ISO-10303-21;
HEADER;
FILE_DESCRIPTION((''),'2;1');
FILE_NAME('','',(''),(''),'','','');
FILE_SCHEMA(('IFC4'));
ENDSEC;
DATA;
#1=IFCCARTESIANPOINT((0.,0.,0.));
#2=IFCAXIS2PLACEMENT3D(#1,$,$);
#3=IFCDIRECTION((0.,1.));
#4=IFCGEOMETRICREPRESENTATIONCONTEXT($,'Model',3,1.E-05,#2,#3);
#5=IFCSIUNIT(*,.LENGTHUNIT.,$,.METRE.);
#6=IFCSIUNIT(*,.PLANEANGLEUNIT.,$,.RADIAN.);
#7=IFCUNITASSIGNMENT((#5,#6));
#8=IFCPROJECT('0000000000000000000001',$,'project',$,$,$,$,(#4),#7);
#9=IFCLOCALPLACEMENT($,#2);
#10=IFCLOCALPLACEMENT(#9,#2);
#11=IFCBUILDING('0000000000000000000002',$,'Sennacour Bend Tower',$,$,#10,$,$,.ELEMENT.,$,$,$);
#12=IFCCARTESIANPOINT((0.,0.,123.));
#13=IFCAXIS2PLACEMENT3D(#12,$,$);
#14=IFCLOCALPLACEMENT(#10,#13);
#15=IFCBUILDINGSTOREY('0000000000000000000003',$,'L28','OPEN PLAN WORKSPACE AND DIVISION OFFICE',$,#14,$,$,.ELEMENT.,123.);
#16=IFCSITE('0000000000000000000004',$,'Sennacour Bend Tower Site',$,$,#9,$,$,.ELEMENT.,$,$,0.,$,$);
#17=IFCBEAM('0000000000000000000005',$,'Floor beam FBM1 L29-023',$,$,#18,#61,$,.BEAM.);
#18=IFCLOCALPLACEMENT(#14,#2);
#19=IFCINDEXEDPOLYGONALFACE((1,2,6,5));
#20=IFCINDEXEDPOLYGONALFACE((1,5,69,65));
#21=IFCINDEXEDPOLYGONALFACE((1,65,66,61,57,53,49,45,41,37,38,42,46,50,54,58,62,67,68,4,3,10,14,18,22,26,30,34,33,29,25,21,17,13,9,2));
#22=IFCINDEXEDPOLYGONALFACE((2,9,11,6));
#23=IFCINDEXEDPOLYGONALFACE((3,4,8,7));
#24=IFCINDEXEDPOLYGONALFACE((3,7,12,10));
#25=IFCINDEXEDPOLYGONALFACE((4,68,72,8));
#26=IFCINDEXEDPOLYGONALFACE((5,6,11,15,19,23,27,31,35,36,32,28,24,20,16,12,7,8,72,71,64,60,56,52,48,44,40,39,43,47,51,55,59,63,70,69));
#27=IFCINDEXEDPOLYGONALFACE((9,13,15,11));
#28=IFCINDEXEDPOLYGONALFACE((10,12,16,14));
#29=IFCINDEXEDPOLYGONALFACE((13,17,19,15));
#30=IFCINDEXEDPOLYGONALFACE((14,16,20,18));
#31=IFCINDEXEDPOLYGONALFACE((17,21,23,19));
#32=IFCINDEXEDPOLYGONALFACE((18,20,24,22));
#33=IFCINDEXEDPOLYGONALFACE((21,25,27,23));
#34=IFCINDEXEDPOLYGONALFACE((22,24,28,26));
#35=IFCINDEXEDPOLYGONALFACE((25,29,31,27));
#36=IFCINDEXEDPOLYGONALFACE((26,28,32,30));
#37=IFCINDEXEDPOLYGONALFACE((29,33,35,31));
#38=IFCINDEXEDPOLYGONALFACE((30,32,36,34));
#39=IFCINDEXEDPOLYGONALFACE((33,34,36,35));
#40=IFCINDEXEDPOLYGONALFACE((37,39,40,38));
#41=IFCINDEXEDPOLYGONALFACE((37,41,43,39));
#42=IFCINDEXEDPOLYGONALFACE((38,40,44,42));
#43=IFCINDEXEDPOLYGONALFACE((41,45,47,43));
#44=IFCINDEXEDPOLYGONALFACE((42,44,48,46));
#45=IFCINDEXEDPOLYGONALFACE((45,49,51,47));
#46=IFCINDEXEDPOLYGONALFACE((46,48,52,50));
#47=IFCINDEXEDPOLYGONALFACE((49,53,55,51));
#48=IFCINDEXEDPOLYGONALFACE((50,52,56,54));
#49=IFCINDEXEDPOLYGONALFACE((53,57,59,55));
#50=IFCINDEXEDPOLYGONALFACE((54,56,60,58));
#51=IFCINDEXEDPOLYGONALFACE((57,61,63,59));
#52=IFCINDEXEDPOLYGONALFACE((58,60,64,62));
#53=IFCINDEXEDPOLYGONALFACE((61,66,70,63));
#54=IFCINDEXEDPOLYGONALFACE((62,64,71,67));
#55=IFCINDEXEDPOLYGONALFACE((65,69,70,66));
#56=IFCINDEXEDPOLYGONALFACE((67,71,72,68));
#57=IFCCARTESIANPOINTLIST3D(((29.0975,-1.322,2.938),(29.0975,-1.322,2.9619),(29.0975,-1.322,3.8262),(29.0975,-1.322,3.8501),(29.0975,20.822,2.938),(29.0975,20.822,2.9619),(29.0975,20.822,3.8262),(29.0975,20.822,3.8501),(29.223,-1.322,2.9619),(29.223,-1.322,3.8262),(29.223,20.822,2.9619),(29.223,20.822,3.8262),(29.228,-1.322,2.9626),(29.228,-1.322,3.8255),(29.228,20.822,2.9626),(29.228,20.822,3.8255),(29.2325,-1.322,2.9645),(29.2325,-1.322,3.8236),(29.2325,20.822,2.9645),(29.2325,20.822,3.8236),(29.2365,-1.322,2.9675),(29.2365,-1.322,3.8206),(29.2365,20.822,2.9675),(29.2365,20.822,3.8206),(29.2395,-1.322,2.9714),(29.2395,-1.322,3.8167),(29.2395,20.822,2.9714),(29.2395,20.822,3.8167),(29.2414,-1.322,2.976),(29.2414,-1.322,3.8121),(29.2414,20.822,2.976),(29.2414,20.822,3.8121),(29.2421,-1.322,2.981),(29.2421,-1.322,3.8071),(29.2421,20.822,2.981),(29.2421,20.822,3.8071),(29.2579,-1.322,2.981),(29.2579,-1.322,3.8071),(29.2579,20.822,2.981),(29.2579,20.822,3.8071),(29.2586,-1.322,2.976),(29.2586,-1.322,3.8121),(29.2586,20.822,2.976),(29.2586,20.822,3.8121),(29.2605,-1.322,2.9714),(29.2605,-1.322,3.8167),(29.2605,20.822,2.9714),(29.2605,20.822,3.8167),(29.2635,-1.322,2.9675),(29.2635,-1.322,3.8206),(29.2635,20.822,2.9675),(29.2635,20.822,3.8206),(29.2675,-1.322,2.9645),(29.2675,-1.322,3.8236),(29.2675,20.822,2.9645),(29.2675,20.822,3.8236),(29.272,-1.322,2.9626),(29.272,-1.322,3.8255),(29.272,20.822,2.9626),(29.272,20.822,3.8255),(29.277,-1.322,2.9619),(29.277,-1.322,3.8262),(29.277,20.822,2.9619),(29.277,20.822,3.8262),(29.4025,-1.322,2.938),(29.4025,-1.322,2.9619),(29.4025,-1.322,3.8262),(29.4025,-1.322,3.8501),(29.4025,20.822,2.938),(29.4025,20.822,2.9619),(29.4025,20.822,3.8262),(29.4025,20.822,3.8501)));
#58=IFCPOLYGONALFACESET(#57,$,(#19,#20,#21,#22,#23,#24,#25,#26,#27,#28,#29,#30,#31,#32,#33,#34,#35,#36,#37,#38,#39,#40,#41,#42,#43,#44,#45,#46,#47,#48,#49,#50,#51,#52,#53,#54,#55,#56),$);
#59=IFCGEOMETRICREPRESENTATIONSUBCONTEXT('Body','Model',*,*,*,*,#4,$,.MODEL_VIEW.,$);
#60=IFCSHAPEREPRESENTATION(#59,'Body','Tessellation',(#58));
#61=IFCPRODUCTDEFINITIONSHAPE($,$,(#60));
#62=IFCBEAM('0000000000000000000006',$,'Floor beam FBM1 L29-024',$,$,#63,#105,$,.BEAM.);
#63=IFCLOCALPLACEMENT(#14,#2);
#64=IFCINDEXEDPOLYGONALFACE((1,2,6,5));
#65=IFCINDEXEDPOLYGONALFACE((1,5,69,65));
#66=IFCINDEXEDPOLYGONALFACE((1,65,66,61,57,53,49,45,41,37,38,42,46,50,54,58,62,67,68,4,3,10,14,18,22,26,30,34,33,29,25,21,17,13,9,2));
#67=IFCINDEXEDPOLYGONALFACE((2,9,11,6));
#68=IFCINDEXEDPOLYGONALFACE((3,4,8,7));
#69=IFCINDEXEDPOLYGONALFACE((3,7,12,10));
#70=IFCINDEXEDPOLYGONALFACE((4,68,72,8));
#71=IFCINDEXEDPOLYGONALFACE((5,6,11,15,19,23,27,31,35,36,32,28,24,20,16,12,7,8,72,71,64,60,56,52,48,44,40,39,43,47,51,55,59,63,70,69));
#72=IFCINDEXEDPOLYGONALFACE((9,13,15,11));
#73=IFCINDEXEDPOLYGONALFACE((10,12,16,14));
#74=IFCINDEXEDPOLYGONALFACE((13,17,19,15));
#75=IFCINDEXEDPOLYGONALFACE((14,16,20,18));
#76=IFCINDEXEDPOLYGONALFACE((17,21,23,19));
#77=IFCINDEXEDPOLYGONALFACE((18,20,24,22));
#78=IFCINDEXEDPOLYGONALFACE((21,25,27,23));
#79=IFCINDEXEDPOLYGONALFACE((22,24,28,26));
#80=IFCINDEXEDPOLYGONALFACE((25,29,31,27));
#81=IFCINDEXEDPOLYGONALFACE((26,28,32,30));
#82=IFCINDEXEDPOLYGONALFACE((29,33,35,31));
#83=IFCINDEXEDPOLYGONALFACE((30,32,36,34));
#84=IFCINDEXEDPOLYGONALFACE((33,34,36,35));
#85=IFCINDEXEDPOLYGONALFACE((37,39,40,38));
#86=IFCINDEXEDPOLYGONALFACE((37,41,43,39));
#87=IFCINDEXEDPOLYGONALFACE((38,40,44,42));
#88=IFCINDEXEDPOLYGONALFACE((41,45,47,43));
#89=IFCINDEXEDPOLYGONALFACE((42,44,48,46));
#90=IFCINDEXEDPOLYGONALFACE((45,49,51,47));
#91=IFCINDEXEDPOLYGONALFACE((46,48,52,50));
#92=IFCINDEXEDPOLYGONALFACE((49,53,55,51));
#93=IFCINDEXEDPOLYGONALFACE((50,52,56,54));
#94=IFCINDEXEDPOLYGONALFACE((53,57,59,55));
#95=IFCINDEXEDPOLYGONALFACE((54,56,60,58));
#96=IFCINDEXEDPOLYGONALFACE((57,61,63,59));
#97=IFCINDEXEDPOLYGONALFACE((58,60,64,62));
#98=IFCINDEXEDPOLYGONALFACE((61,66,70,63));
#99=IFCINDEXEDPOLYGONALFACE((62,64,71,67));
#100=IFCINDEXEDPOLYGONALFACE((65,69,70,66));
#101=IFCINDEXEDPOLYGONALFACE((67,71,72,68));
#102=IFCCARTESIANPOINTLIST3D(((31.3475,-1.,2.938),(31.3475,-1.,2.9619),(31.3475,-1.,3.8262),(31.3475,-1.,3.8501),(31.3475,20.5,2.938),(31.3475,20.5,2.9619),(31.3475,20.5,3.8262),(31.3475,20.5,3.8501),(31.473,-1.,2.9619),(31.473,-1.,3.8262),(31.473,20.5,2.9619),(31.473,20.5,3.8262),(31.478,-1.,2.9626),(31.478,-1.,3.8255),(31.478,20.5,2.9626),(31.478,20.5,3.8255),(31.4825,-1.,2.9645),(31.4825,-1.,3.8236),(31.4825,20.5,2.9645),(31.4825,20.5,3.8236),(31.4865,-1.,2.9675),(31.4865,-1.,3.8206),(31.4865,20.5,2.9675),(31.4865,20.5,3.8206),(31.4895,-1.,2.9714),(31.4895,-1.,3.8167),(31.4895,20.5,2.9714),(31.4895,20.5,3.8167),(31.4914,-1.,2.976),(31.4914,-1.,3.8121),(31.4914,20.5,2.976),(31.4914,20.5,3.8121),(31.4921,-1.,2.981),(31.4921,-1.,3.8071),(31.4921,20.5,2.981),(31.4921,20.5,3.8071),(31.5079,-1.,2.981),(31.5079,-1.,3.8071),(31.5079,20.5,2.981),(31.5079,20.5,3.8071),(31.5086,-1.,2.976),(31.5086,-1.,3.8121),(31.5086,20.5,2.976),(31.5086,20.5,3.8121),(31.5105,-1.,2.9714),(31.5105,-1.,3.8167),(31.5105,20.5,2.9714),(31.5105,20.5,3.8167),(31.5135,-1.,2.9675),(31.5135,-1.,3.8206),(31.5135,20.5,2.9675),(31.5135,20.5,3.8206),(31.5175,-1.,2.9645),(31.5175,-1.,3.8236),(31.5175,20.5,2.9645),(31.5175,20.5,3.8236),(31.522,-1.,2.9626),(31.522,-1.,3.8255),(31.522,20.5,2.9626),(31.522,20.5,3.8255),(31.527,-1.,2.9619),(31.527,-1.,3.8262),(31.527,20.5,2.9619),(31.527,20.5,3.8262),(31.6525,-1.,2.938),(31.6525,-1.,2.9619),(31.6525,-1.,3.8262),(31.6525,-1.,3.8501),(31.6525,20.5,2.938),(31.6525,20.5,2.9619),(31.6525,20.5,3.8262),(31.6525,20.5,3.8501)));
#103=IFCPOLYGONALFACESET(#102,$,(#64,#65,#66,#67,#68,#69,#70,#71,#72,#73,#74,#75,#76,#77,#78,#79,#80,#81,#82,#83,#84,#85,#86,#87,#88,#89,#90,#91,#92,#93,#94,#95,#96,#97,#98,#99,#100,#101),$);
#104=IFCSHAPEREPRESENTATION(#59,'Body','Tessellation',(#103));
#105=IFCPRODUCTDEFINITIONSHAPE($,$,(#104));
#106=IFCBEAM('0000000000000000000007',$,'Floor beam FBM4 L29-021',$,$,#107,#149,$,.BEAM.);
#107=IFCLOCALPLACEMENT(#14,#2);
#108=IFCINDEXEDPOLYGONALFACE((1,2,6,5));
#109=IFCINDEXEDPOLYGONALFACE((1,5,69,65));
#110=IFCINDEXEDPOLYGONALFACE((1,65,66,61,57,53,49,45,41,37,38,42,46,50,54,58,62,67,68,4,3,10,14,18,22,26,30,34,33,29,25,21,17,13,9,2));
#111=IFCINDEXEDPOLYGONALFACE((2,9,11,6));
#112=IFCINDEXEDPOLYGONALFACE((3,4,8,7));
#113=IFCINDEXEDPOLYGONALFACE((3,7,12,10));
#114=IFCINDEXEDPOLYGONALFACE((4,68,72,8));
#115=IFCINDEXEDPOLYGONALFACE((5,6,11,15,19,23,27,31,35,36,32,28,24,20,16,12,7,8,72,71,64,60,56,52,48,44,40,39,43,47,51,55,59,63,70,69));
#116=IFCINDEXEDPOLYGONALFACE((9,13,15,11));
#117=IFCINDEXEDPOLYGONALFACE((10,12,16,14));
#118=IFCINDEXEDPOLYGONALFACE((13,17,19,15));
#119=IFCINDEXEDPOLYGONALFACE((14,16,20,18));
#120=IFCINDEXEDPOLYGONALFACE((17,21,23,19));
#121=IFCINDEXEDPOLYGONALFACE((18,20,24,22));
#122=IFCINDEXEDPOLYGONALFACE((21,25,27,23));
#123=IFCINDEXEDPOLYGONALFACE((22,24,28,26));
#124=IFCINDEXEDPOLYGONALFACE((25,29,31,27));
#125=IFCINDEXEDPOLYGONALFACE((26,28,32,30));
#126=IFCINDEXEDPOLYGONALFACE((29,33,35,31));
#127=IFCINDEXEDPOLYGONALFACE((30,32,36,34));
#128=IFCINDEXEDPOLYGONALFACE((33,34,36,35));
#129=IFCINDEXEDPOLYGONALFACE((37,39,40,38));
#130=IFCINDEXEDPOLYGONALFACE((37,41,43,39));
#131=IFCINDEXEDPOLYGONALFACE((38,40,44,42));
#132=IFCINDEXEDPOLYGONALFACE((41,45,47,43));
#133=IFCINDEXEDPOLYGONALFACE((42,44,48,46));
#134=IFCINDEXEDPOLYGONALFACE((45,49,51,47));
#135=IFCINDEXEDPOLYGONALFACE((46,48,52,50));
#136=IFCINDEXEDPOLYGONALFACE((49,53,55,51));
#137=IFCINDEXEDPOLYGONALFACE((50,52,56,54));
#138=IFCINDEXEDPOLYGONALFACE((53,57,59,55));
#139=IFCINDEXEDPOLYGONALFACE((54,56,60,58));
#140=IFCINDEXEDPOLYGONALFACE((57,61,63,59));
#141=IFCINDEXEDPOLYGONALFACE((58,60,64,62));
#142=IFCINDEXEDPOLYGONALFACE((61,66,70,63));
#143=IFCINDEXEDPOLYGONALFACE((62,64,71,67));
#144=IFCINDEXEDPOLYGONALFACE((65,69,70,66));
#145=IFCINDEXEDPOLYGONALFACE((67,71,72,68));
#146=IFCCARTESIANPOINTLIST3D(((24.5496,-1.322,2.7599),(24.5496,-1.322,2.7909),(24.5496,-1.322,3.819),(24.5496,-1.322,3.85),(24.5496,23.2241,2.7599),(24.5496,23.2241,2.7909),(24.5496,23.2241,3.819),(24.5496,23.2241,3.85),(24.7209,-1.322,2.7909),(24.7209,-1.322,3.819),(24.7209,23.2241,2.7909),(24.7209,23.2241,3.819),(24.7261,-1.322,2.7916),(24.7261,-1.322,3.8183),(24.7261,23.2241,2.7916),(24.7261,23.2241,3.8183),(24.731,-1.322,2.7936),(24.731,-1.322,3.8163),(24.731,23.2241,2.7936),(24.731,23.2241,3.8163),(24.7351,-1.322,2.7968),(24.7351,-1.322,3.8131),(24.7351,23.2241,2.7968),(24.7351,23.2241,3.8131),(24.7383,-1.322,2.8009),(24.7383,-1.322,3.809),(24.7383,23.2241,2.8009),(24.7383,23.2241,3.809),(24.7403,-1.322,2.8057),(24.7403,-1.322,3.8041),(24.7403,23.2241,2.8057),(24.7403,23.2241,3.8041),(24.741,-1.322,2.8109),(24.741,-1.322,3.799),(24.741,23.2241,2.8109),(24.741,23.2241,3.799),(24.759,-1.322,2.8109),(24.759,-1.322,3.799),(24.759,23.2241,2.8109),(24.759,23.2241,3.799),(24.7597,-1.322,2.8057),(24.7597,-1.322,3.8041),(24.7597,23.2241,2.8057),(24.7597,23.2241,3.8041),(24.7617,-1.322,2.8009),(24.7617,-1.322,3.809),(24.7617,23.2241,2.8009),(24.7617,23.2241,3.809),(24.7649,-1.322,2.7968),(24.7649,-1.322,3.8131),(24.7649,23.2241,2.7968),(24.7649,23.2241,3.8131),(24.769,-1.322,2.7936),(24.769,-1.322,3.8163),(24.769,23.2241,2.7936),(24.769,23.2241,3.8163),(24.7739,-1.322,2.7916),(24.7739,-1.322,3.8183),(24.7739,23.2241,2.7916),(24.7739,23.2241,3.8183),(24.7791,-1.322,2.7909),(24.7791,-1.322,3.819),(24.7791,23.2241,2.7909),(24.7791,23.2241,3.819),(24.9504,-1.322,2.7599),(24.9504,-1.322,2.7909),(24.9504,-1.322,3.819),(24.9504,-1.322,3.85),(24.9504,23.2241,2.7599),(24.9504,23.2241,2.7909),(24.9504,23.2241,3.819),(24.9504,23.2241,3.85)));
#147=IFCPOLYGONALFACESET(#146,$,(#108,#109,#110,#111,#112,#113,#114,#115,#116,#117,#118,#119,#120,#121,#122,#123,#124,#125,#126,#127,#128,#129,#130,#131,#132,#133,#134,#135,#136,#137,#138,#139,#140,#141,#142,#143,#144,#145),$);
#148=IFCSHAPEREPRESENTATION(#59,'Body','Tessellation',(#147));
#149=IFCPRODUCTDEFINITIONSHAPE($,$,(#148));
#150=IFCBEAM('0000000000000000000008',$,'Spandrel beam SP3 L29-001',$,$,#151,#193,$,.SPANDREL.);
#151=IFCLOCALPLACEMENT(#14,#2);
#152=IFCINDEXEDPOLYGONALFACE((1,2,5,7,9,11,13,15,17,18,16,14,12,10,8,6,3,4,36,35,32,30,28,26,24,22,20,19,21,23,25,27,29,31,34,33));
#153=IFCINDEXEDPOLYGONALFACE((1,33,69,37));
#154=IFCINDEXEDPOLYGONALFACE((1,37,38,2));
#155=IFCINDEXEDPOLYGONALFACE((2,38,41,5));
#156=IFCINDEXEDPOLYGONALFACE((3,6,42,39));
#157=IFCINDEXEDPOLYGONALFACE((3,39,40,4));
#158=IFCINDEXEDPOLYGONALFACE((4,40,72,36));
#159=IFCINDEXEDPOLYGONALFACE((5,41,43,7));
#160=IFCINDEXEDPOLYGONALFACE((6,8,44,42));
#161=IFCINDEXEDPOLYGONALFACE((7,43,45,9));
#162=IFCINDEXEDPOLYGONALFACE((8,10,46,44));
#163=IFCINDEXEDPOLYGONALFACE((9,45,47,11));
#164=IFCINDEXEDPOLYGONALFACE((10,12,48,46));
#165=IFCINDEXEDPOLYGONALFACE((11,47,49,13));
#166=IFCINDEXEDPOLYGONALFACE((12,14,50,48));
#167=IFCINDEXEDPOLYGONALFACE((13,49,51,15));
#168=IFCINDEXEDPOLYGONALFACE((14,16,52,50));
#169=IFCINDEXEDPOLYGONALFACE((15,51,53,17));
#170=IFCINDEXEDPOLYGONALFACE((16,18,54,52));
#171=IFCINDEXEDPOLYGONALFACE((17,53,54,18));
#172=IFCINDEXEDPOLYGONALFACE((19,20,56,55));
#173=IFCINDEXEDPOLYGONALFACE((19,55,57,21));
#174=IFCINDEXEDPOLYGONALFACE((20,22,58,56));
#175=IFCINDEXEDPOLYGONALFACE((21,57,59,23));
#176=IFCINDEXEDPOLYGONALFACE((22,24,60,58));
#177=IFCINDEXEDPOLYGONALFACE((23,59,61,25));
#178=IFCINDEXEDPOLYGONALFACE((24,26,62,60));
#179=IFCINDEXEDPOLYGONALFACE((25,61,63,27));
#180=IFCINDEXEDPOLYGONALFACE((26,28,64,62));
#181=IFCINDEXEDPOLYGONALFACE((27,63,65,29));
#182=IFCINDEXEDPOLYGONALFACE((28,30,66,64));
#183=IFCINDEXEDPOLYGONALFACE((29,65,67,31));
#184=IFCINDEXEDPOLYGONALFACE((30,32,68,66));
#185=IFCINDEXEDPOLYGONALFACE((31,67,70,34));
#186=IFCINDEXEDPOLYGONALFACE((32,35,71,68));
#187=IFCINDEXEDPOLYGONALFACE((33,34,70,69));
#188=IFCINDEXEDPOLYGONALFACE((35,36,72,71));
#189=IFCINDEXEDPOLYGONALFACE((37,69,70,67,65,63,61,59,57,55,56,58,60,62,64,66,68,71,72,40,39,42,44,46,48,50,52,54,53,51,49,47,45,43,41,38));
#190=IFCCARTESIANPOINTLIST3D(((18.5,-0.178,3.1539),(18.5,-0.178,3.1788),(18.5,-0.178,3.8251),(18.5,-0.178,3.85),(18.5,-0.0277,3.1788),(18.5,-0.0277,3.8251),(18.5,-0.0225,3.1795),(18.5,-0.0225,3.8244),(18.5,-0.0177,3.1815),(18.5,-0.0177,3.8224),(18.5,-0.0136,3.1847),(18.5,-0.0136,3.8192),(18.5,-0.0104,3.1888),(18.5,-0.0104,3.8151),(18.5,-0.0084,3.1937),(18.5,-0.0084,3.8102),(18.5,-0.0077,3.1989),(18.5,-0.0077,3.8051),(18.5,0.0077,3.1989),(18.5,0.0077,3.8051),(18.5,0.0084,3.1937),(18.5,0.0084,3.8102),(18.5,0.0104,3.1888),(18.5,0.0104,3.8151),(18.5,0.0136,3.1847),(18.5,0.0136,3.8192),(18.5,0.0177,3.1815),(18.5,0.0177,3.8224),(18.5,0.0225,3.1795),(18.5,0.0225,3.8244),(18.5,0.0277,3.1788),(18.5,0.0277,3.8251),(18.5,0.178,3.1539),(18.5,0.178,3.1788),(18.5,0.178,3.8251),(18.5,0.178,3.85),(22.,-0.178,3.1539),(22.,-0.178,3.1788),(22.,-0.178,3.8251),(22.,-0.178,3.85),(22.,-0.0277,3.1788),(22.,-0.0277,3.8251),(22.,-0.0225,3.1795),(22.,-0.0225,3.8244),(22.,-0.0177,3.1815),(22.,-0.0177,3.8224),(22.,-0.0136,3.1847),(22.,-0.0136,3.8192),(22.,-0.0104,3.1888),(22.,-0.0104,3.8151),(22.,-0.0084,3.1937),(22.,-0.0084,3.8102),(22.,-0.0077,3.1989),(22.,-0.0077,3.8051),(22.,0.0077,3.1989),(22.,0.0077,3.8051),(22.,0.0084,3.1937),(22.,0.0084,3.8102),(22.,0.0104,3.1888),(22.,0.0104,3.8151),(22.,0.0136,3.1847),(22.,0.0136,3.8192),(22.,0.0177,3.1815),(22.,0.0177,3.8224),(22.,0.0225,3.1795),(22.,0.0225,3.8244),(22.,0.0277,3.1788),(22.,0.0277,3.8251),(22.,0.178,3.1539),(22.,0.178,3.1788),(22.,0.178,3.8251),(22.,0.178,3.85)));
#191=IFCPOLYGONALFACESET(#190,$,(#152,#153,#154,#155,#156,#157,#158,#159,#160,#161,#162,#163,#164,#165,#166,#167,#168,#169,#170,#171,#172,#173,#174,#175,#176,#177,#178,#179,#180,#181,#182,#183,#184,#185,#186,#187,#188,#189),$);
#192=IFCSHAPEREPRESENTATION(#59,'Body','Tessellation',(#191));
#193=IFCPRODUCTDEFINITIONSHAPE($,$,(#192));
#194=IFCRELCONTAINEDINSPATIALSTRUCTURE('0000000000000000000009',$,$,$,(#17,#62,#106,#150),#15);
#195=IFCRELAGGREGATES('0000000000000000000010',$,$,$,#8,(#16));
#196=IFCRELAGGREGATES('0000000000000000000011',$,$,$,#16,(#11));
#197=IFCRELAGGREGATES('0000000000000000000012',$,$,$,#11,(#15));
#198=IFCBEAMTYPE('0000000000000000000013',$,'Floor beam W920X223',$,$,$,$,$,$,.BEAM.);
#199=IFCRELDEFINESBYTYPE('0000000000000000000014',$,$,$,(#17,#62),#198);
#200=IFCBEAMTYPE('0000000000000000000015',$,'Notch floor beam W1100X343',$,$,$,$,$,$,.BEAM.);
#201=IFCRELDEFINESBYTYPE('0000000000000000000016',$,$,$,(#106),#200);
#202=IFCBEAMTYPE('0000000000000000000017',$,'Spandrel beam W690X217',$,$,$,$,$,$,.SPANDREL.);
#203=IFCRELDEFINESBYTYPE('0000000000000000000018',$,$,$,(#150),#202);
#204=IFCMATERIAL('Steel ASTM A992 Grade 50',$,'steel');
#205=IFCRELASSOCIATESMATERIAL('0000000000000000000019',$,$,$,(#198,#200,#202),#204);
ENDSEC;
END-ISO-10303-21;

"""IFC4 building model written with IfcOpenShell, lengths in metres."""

from ifc_helpers import new_model, si_unit, direction, frame, origin, origin_2d, place, context, subcontext, project, spatial, i_section, extrude, material, material_profile, profile_set, type_object, element, save


model = new_model("IFC4")

# Units and contexts
model_context = context("Model", 3, precision=1e-05, world=origin(), true_north=direction((0.0, 1.0)))
body_context = subcontext(model_context, "Body", "Model", "MODEL_VIEW")
ifc_project = project(units=[si_unit("LENGTHUNIT", "METRE"), si_unit("PLANEANGLEUNIT", "RADIAN")], contexts=[model_context])

# Site, building, storey
site_placement = place(None, origin())
site = spatial("IfcSite", under=ifc_project, at=site_placement, Name="Sennacour Bend Tower Site", CompositionType="ELEMENT", RefElevation=0.0)
building_placement = place(site_placement, origin())
building = spatial("IfcBuilding", under=site, at=building_placement, Name="Sennacour Bend Tower", CompositionType="ELEMENT")
storey_placement = place(building_placement, frame((0.0, 0.0, 123.0)))
storey = spatial("IfcBuildingStorey", under=building, at=storey_placement, Name="L28", Description="OPEN PLAN WORKSPACE AND DIVISION OFFICE", CompositionType="ELEMENT", Elevation=123.0)

# Beams
ifc_material_1 = material(Name="Steel ASTM A992 Grade 50", Category="steel")
ifc_material_profile_1 = material_profile(ifc_material_1, i_section(OverallWidth=0.3049, OverallDepth=0.9121, WebThickness=0.0159, FlangeThickness=0.0239, FilletRadius=0.019, at=origin_2d()), Name="Steel ASTM A992 Grade 50", Category="steel")
ifc_profile_set_1 = profile_set([ifc_material_profile_1], Name="Steel ASTM A992 Grade 50")
beam_type_1 = type_object("IfcBeamType", Name="Floor beam W920X223", PredefinedType="BEAM", material=ifc_profile_set_1)
beam_1_placement = place(storey_placement, frame((29.25, -1.322, 3.394), z_axis=(0.0, 1.0, 0.0), x_axis=(-1.0, 0.0, 0.0)))
element("IfcBeam", 1, at=beam_1_placement, inside=storey, type_object=beam_type_1, Name="Floor beam FBM1 L29-023", PredefinedType="BEAM", context=body_context, shape_type="SweptSolid", body=[
    extrude(i_section(OverallWidth=0.3049, OverallDepth=0.9121, WebThickness=0.0159, FlangeThickness=0.0239, FilletRadius=0.019, at=origin_2d()), origin(), (0.0, 0.0, 1.0), 22.144),
])
beam_2_placement = place(storey_placement, frame((31.5, -1.0, 3.394), z_axis=(0.0, 1.0, 0.0), x_axis=(-1.0, 0.0, 0.0)))
element("IfcBeam", 2, at=beam_2_placement, inside=storey, type_object=beam_type_1, Name="Floor beam FBM1 L29-024", PredefinedType="BEAM", context=body_context, shape_type="SweptSolid", body=[
    extrude(i_section(OverallWidth=0.3049, OverallDepth=0.9121, WebThickness=0.0159, FlangeThickness=0.0239, FilletRadius=0.019, at=origin_2d()), origin(), (0.0, 0.0, 1.0), 21.5),
])
ifc_material_profile_2 = material_profile(ifc_material_1, i_section(OverallWidth=0.4009, OverallDepth=1.0901, WebThickness=0.0181, FlangeThickness=0.031, FilletRadius=0.02, at=origin_2d()), Name="Steel ASTM A992 Grade 50", Category="steel")
ifc_profile_set_2 = profile_set([ifc_material_profile_2], Name="Steel ASTM A992 Grade 50")
beam_type_2 = type_object("IfcBeamType", Name="Notch floor beam W1100X343", PredefinedType="BEAM", material=ifc_profile_set_2)
beam_3_placement = place(storey_placement, frame((24.75, -1.322, 3.3049), z_axis=(0.0, 1.0, 0.0), x_axis=(-1.0, 0.0, 0.0)))
element("IfcBeam", 3, at=beam_3_placement, inside=storey, type_object=beam_type_2, Name="Floor beam FBM4 L29-021", PredefinedType="BEAM", context=body_context, shape_type="SweptSolid", body=[
    extrude(i_section(OverallWidth=0.4009, OverallDepth=1.0901, WebThickness=0.0181, FlangeThickness=0.031, FilletRadius=0.02, at=origin_2d()), origin(), (0.0, 0.0, 1.0), 24.5461),
])
ifc_material_profile_3 = material_profile(ifc_material_1, i_section(OverallWidth=0.356, OverallDepth=0.696, WebThickness=0.0154, FlangeThickness=0.0249, FilletRadius=0.02, at=origin_2d()), Name="Steel ASTM A992 Grade 50", Category="steel")
ifc_profile_set_3 = profile_set([ifc_material_profile_3], Name="Steel ASTM A992 Grade 50")
beam_type_3 = type_object("IfcBeamType", Name="Spandrel beam W690X217", PredefinedType="SPANDREL", material=ifc_profile_set_3)
for number, where, z_axis, x_axis, name in (
    (4, (22.0, 0.0, 3.502), (-1.0, 0.0, 0.0), (0.0, -1.0, 0.0), "Spandrel beam SP3 L29-001"),
):
    element("IfcBeam", number, at=place(storey_placement, frame(where, z_axis=z_axis, x_axis=x_axis)), inside=storey, type_object=beam_type_3, Name=name, PredefinedType="SPANDREL", context=body_context, shape_type="SweptSolid", body=[
        extrude(i_section(OverallWidth=0.356, OverallDepth=0.696, WebThickness=0.0154, FlangeThickness=0.0249, FilletRadius=0.02, at=origin_2d()), origin(), (0.0, 0.0, 1.0), 3.5),
    ])

save(model, "model.ifc")
